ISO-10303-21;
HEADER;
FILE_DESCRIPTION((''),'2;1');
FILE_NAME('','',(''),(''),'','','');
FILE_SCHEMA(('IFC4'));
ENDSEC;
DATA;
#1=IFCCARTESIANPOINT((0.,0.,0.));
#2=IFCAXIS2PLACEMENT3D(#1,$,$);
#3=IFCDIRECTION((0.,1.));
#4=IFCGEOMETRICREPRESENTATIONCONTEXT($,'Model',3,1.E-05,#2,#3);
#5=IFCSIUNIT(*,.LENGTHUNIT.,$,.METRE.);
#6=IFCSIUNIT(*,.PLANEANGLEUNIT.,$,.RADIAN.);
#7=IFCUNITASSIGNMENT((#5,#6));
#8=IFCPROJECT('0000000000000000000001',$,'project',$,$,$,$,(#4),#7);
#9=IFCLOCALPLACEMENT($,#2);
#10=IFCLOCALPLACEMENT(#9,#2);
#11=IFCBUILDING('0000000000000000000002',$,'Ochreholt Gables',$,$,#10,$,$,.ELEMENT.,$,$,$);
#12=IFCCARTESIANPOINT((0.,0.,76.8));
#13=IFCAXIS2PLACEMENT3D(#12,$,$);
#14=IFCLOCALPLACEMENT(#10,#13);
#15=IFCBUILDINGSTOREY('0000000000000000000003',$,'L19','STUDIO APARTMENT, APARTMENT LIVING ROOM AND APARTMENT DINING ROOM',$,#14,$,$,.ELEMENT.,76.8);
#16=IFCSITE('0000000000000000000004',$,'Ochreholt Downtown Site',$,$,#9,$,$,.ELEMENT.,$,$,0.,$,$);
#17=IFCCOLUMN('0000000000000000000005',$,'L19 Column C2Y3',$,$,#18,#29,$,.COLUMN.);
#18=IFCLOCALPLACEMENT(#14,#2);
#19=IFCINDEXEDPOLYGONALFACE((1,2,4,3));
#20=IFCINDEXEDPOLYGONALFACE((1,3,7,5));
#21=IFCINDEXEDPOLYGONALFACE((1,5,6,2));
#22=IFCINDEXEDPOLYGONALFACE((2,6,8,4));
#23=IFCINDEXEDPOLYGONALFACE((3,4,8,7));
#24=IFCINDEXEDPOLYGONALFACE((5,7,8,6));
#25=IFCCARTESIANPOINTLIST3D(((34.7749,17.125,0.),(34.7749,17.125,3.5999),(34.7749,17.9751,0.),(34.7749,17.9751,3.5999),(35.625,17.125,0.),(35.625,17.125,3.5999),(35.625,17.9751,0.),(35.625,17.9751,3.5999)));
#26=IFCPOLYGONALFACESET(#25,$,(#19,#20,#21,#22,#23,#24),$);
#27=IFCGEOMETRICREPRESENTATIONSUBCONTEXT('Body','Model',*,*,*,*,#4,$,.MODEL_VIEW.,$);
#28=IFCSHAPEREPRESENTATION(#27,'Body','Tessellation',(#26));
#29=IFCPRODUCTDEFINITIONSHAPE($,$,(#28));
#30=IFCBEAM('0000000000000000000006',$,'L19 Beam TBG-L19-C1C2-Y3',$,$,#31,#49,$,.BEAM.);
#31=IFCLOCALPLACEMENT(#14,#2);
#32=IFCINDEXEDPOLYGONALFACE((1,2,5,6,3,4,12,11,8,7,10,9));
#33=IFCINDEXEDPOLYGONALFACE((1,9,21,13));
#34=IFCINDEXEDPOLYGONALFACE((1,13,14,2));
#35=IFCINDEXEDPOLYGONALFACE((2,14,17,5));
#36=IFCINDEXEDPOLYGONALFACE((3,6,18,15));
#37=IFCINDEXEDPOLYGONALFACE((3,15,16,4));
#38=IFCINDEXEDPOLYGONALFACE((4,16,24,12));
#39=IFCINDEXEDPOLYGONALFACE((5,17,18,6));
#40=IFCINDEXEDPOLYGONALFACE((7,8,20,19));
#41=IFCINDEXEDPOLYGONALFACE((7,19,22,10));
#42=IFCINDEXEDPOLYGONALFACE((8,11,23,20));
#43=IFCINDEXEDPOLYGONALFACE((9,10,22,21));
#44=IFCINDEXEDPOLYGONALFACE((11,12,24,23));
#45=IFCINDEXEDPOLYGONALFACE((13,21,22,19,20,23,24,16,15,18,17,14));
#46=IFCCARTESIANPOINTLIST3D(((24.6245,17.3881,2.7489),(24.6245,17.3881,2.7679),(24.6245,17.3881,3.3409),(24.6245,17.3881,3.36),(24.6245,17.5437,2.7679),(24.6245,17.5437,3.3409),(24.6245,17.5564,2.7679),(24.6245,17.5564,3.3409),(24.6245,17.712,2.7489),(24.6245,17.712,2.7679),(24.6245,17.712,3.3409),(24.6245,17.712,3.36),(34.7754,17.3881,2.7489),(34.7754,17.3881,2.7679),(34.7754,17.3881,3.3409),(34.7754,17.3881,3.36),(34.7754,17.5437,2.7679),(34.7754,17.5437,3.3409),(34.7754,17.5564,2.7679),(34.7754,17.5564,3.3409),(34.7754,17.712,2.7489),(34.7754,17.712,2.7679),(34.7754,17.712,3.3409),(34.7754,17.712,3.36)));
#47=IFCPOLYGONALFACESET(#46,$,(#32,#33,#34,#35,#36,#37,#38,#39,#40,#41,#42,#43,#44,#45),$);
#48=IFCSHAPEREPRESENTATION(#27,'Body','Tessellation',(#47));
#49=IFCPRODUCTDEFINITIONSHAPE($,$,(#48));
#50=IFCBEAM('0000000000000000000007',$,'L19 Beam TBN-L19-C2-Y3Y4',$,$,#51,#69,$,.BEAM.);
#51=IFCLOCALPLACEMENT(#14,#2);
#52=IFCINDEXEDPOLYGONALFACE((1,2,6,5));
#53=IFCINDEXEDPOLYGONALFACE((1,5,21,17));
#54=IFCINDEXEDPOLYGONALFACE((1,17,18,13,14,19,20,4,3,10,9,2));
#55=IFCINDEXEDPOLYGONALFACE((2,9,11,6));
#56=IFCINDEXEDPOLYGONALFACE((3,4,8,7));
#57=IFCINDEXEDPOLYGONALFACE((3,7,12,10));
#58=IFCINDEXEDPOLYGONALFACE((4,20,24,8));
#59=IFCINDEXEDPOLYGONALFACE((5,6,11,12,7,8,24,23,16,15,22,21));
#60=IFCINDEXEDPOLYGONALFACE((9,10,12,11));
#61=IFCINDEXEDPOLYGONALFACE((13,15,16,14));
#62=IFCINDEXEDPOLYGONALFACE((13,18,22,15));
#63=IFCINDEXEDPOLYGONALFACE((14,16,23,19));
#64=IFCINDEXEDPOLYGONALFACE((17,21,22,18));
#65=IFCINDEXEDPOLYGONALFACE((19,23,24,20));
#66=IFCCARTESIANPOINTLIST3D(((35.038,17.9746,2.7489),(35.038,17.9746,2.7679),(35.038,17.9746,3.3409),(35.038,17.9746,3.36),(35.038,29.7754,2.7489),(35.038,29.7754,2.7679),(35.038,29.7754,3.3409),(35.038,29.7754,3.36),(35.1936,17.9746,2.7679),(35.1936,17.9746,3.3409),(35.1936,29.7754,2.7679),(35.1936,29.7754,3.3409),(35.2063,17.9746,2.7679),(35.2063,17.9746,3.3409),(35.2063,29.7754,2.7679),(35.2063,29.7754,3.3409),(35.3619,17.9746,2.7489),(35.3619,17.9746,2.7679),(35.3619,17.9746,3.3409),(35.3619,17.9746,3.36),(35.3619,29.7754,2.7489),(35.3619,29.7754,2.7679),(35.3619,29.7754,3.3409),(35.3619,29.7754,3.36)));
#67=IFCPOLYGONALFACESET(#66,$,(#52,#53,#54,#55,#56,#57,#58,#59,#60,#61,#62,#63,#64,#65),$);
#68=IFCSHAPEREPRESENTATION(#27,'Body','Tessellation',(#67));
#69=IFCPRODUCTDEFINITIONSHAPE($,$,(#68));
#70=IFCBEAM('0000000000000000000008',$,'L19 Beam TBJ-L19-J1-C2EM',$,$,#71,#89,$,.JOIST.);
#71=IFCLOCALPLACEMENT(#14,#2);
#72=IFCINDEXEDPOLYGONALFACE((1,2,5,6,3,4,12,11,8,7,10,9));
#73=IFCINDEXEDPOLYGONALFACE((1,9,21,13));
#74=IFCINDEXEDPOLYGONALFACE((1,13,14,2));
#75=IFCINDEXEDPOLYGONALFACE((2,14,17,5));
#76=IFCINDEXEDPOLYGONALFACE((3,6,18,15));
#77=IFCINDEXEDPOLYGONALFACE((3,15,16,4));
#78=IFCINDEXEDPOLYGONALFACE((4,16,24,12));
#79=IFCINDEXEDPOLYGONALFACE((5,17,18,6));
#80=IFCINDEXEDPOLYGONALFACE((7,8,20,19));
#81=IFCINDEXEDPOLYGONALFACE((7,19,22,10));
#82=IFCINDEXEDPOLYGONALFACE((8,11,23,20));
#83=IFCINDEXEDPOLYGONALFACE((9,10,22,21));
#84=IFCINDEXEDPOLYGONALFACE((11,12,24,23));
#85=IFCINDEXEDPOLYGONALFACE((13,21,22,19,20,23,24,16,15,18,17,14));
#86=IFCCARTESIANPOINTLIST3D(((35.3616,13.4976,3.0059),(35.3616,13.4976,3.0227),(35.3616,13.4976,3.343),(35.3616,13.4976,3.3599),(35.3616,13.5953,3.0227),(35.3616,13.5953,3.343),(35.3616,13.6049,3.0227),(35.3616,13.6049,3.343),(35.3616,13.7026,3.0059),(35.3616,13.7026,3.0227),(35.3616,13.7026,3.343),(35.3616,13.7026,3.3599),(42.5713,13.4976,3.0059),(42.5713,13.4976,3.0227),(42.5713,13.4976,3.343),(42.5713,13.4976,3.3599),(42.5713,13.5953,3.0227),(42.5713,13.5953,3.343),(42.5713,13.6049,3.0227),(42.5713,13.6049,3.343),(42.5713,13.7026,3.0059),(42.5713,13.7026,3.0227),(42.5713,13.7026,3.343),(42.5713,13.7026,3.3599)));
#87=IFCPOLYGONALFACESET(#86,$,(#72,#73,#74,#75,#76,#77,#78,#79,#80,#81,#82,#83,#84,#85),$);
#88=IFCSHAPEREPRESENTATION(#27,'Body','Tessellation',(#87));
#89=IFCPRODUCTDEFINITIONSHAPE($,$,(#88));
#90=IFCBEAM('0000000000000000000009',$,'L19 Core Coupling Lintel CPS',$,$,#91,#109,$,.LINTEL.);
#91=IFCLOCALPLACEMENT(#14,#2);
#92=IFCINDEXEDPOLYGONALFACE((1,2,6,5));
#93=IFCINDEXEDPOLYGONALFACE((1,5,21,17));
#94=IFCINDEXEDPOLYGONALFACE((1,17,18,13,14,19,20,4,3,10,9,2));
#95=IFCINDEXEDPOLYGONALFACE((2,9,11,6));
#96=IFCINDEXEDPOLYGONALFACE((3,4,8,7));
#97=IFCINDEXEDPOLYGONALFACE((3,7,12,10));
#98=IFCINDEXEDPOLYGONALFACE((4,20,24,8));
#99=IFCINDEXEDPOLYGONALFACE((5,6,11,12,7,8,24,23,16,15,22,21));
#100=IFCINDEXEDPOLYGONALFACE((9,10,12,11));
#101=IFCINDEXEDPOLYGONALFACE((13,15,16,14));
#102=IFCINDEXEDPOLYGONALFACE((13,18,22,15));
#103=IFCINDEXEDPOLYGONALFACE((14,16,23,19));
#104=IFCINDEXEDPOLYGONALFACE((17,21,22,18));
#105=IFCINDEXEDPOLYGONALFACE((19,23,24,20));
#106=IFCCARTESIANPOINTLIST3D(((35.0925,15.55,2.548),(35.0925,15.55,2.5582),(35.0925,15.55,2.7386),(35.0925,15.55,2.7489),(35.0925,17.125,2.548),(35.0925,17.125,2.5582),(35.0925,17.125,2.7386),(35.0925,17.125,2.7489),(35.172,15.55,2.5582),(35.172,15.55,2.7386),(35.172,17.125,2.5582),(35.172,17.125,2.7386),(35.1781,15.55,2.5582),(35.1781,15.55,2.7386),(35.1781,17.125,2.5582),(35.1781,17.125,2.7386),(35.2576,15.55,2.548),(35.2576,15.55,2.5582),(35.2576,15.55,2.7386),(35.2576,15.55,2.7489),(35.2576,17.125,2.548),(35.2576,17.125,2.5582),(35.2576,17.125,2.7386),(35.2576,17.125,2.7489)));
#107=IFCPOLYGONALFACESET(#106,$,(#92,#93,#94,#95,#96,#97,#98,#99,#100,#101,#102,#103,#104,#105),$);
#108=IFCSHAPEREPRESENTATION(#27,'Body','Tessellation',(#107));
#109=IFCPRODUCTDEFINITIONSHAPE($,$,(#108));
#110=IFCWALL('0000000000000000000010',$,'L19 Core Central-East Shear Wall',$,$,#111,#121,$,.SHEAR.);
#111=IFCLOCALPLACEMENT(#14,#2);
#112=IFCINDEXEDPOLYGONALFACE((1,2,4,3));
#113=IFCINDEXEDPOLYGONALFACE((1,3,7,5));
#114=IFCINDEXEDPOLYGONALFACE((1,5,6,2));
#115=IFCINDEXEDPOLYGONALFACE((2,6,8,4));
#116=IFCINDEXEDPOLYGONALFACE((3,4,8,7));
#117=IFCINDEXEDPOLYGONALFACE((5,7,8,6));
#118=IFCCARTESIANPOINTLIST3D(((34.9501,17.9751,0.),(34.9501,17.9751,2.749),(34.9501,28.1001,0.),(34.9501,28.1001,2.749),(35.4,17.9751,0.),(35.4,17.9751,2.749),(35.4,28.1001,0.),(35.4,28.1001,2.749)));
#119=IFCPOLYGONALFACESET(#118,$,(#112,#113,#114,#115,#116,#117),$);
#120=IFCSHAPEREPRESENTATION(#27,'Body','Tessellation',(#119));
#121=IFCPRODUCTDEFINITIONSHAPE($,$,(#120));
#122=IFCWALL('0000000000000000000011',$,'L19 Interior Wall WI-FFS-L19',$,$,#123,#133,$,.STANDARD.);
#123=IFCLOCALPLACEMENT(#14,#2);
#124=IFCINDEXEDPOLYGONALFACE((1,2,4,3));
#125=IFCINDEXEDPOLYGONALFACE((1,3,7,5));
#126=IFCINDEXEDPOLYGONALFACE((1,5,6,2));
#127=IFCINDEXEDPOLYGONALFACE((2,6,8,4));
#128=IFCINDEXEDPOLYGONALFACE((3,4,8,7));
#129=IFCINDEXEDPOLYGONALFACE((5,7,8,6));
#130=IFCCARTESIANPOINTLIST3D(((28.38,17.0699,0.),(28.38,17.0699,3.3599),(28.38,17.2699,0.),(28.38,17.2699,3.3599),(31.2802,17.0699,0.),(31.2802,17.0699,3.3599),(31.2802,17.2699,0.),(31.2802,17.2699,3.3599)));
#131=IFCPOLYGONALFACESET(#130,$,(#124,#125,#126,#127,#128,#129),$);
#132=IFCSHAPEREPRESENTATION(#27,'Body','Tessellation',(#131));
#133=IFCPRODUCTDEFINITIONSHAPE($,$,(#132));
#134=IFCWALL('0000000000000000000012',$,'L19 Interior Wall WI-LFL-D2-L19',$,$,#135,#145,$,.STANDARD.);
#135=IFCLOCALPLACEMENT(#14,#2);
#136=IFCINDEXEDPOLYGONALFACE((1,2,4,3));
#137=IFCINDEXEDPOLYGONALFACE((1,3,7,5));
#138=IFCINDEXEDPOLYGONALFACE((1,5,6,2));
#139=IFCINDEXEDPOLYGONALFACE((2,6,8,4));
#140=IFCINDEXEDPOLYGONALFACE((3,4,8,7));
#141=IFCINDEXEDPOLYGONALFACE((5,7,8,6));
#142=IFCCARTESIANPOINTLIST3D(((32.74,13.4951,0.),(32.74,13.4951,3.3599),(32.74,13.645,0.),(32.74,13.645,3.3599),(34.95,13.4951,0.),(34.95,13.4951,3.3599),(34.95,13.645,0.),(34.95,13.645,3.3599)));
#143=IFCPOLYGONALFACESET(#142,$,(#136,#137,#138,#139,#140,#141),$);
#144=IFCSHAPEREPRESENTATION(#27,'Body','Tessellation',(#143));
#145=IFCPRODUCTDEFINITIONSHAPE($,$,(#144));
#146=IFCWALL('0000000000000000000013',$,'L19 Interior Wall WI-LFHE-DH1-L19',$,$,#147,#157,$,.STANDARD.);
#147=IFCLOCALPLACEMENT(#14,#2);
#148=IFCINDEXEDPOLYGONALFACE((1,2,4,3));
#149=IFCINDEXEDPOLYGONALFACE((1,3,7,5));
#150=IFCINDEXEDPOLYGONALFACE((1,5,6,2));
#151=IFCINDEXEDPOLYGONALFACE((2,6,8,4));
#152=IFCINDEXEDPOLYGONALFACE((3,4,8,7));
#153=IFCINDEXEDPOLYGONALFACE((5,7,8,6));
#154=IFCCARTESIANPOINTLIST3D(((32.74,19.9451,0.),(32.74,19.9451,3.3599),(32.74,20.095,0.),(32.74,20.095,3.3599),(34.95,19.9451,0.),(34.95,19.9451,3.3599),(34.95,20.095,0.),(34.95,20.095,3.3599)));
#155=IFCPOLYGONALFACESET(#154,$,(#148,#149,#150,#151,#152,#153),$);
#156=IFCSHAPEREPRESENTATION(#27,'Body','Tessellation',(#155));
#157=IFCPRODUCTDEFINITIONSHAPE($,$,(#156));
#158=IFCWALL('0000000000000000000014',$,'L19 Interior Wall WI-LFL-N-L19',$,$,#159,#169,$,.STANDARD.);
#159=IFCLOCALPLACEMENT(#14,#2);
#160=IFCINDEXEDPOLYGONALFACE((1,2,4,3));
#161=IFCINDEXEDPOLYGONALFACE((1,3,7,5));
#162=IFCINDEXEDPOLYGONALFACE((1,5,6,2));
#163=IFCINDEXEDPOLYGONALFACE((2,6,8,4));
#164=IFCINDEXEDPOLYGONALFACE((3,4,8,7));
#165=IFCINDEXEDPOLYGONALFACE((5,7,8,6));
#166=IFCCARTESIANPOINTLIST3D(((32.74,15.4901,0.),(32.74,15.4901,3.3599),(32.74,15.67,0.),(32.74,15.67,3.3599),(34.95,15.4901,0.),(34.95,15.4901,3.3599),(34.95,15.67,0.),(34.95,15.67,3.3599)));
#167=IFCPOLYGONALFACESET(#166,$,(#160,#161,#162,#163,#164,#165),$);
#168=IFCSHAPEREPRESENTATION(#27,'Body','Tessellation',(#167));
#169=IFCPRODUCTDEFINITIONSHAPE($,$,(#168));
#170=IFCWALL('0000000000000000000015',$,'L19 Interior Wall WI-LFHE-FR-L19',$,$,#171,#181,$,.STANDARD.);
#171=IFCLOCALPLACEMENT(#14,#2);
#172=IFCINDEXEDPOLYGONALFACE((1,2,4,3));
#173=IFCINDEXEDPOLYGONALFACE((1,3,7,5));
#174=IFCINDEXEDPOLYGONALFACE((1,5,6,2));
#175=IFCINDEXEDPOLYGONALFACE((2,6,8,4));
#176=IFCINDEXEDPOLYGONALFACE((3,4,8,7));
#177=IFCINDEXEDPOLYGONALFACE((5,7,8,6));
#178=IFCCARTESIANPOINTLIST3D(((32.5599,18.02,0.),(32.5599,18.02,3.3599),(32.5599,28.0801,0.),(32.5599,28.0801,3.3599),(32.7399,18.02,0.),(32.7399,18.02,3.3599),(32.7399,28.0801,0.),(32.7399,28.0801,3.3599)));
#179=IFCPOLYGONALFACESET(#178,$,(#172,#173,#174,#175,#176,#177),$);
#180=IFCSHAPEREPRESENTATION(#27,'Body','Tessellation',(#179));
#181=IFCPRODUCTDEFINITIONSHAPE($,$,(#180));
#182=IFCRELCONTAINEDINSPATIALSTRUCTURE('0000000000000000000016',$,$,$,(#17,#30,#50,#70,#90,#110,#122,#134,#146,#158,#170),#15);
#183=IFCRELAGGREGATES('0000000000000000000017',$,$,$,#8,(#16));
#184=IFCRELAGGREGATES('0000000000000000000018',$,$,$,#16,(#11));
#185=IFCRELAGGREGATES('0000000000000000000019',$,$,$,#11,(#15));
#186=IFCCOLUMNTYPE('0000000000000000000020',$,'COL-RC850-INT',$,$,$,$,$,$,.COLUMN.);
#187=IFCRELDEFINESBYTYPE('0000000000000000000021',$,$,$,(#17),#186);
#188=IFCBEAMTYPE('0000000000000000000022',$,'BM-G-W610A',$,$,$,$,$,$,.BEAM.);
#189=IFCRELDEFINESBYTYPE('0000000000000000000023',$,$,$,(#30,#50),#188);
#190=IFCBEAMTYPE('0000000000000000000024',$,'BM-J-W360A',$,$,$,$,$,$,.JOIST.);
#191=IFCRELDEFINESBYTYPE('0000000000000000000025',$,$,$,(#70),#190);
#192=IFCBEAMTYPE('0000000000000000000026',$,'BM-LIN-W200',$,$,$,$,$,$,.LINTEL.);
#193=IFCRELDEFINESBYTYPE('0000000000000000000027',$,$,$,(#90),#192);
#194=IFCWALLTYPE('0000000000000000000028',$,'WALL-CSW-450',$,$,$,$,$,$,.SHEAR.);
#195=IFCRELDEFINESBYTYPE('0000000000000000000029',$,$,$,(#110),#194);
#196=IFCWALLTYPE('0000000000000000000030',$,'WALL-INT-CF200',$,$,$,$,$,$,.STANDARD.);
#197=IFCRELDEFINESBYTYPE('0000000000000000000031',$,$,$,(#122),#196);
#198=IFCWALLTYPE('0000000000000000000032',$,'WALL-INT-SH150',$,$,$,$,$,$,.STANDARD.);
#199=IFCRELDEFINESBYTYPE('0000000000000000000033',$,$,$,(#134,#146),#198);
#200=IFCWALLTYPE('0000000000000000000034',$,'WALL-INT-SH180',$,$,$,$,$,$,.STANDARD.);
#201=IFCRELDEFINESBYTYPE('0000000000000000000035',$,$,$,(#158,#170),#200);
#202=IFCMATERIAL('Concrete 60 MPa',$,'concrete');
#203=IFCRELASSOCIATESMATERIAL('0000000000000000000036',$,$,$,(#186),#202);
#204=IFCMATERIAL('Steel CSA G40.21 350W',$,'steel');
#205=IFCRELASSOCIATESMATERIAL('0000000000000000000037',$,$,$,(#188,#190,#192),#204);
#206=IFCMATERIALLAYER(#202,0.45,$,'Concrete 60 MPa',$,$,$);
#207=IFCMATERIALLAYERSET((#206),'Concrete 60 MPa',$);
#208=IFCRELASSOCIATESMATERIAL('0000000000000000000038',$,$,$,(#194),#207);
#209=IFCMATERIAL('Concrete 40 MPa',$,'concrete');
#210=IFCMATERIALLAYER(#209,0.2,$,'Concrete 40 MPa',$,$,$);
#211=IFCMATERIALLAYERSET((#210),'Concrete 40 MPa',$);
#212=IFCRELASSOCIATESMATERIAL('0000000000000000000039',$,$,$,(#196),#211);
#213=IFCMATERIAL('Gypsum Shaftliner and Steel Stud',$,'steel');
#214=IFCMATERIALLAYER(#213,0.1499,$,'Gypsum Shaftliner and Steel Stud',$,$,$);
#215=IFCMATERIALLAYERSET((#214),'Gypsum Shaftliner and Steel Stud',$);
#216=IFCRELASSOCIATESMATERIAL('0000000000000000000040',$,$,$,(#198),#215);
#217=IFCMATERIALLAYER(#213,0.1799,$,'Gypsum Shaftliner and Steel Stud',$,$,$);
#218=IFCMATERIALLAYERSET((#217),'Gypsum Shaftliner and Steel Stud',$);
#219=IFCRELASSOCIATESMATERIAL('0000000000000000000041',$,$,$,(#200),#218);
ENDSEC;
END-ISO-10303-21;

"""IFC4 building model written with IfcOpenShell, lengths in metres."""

from ifc_helpers import new_model, si_unit, direction, frame, frame_2d, origin, origin_2d, place, context, subcontext, project, spatial, rectangle, i_section, extrude, material, layer, layer_set, material_profile, profile_set, type_object, element, save


model = new_model("IFC4")

# Units and contexts
model_context = context("Model", 3, precision=1e-05, world=origin(), true_north=direction((0.0, 1.0)))
body_context = subcontext(model_context, "Body", "Model", "MODEL_VIEW")
ifc_project = project(units=[si_unit("LENGTHUNIT", "METRE"), si_unit("PLANEANGLEUNIT", "RADIAN")], contexts=[model_context])

# Site, building, storey
site_placement = place(None, origin())
site = spatial("IfcSite", under=ifc_project, at=site_placement, Name="Ochreholt Downtown Site", CompositionType="ELEMENT", RefElevation=0.0)
building_placement = place(site_placement, origin())
building = spatial("IfcBuilding", under=site, at=building_placement, Name="Ochreholt Gables", CompositionType="ELEMENT")
storey_placement = place(building_placement, frame((0.0, 0.0, 76.8)))
storey = spatial("IfcBuildingStorey", under=building, at=storey_placement, Name="L19", Description="STUDIO APARTMENT, APARTMENT LIVING ROOM AND APARTMENT DINING ROOM", CompositionType="ELEMENT", Elevation=76.8)

# Column
ifc_material_1 = material(Name="Concrete 60 MPa", Category="concrete")
ifc_material_profile_1 = material_profile(ifc_material_1, rectangle(XDim=0.8501, YDim=0.8501, at=origin_2d()), Name="RC850X850")
ifc_profile_set_1 = profile_set([ifc_material_profile_1], Name="Concrete 60 MPa")
column_type = type_object("IfcColumnType", Name="COL-RC850-INT", PredefinedType="COLUMN", material=ifc_profile_set_1)
column_placement = place(storey_placement, frame((35.2, 17.55, 0.0), z_axis=(0.0, 0.0, 1.0), x_axis=(1.0, 0.0, 0.0)))
element("IfcColumn", 1, at=column_placement, inside=storey, type_object=column_type, Name="L19 Column C2Y3", PredefinedType="COLUMN", context=body_context, shape_type="SweptSolid", body=[
    extrude(rectangle(XDim=0.8501, YDim=0.8501, at=origin_2d()), origin(), (0.0, 0.0, 1.0), 3.5999),
])

# Beams
ifc_material_2 = material(Name="Steel CSA G40.21 350W", Category="steel")
ifc_material_profile_2 = material_profile(ifc_material_2, i_section(OverallWidth=0.324, OverallDepth=0.6111, WebThickness=0.0127, FlangeThickness=0.019, at=origin_2d()), Name="W610X155")
ifc_profile_set_2 = profile_set([ifc_material_profile_2], Name="Steel CSA G40.21 350W")
beam_type_1 = type_object("IfcBeamType", Name="BM-G-W610A", PredefinedType="BEAM", material=ifc_profile_set_2)
beam_1_placement = place(storey_placement, frame((24.6245, 17.55, 3.0544), z_axis=(1.0, 0.0, 0.0), x_axis=(0.0, 1.0, 0.0)))
element("IfcBeam", 2, at=beam_1_placement, inside=storey, type_object=beam_type_1, Name="L19 Beam TBG-L19-C1C2-Y3", PredefinedType="BEAM", context=body_context, shape_type="SweptSolid", body=[
    extrude(i_section(OverallWidth=0.324, OverallDepth=0.6111, WebThickness=0.0127, FlangeThickness=0.019, at=origin_2d()), origin(), (0.0, 0.0, 1.0), 10.1509),
])
beam_2_placement = place(storey_placement, frame((35.2, 17.9746, 3.0544), z_axis=(0.0, 1.0, 0.0), x_axis=(-1.0, 0.0, 0.0)))
element("IfcBeam", 3, at=beam_2_placement, inside=storey, type_object=beam_type_1, Name="L19 Beam TBN-L19-C2-Y3Y4", PredefinedType="BEAM", context=body_context, shape_type="SweptSolid", body=[
    extrude(i_section(OverallWidth=0.324, OverallDepth=0.6111, WebThickness=0.0127, FlangeThickness=0.019, at=origin_2d()), origin(), (0.0, 0.0, 1.0), 11.8008),
])
ifc_material_profile_3 = material_profile(ifc_material_2, i_section(OverallWidth=0.2051, OverallDepth=0.354, WebThickness=0.0095, FlangeThickness=0.0168, at=origin_2d()), Name="W360X79")
ifc_profile_set_3 = profile_set([ifc_material_profile_3], Name="Steel CSA G40.21 350W")
beam_type_2 = type_object("IfcBeamType", Name="BM-J-W360A", PredefinedType="JOIST", material=ifc_profile_set_3)
beam_3_placement = place(storey_placement, frame((35.3616, 13.6001, 3.1829), z_axis=(1.0, 0.0, 0.0), x_axis=(0.0, 1.0, 0.0)))
element("IfcBeam", 4, at=beam_3_placement, inside=storey, type_object=beam_type_2, Name="L19 Beam TBJ-L19-J1-C2EM", PredefinedType="JOIST", context=body_context, shape_type="SweptSolid", body=[
    extrude(i_section(OverallWidth=0.2051, OverallDepth=0.354, WebThickness=0.0095, FlangeThickness=0.0168, at=origin_2d()), origin(), (0.0, 0.0, 1.0), 7.2097),
])
ifc_material_profile_4 = material_profile(ifc_material_2, i_section(OverallWidth=0.165, OverallDepth=0.2009, WebThickness=0.0061, FlangeThickness=0.0103, at=origin_2d()), Name="W200X36")
ifc_profile_set_4 = profile_set([ifc_material_profile_4], Name="Steel CSA G40.21 350W")
beam_type_3 = type_object("IfcBeamType", Name="BM-LIN-W200", PredefinedType="LINTEL", material=ifc_profile_set_4)
beam_4_placement = place(storey_placement, frame((35.175, 15.55, 2.6484), z_axis=(0.0, 1.0, 0.0), x_axis=(-1.0, 0.0, 0.0)))
element("IfcBeam", 5, at=beam_4_placement, inside=storey, type_object=beam_type_3, Name="L19 Core Coupling Lintel CPS", PredefinedType="LINTEL", context=body_context, shape_type="SweptSolid", body=[
    extrude(i_section(OverallWidth=0.165, OverallDepth=0.2009, WebThickness=0.0061, FlangeThickness=0.0103, at=origin_2d()), origin(), (0.0, 0.0, 1.0), 1.575),
])

# Walls
ifc_layer_1 = layer(ifc_material_1, 0.45, Name="Concrete 60 MPa")
ifc_layer_set_1 = layer_set([ifc_layer_1], Name="Concrete 60 MPa")
wall_type_1 = type_object("IfcWallType", Name="WALL-CSW-450", PredefinedType="SHEAR", material=ifc_layer_set_1)
wall_1_placement = place(storey_placement, frame((35.175, 17.9751, 0.0), z_axis=(0.0, 0.0, 1.0), x_axis=(0.0, 1.0, 0.0)))
element("IfcWall", 6, at=wall_1_placement, inside=storey, type_object=wall_type_1, Name="L19 Core Central-East Shear Wall", PredefinedType="SHEAR", context=body_context, shape_type="SweptSolid", body=[
    extrude(rectangle(XDim=10.125, YDim=0.45, at=frame_2d((5.0625, 0.0))), origin(), (0.0, 0.0, 1.0), 2.749),
])
ifc_material_3 = material(Name="Concrete 40 MPa", Category="concrete")
ifc_layer_2 = layer(ifc_material_3, 0.2, Name="Concrete 40 MPa")
ifc_layer_set_2 = layer_set([ifc_layer_2], Name="Concrete 40 MPa")
wall_type_2 = type_object("IfcWallType", Name="WALL-INT-CF200", PredefinedType="STANDARD", material=ifc_layer_set_2)
wall_2_placement = place(storey_placement, frame((28.3799, 17.1699, 0.0), z_axis=(0.0, 0.0, 1.0), x_axis=(1.0, 0.0, 0.0)))
element("IfcWall", 7, at=wall_2_placement, inside=storey, type_object=wall_type_2, Name="L19 Interior Wall WI-FFS-L19", PredefinedType="STANDARD", context=body_context, shape_type="SweptSolid", body=[
    extrude(rectangle(XDim=2.9001, YDim=0.2, at=frame_2d((1.4502, 0.0))), origin(), (0.0, 0.0, 1.0), 3.3599),
])

# Walls
ifc_material_4 = material(Name="Gypsum Shaftliner and Steel Stud", Category="steel")
ifc_layer_3 = layer(ifc_material_4, 0.1499, Name="Gypsum Shaftliner and Steel Stud")
ifc_layer_set_3 = layer_set([ifc_layer_3], Name="Gypsum Shaftliner and Steel Stud")
wall_type_3 = type_object("IfcWallType", Name="WALL-INT-SH150", PredefinedType="STANDARD", material=ifc_layer_set_3)
for number, where, z_axis, x_axis, name in (
    (8, (32.74, 13.5701, 0.0), (0.0, 0.0, 1.0), (1.0, 0.0, 0.0), "L19 Interior Wall WI-LFL-D2-L19"),
    (9, (32.74, 20.02, 0.0), (0.0, 0.0, 1.0), (1.0, 0.0, 0.0), "L19 Interior Wall WI-LFHE-DH1-L19"),
):
    element("IfcWall", number, at=place(storey_placement, frame(where, z_axis=z_axis, x_axis=x_axis)), inside=storey, type_object=wall_type_3, Name=name, PredefinedType="STANDARD", context=body_context, shape_type="SweptSolid", body=[
        extrude(rectangle(XDim=2.21, YDim=0.1499, at=frame_2d((1.105, 0.0))), origin(), (0.0, 0.0, 1.0), 3.3599),
    ])
ifc_layer_4 = layer(ifc_material_4, 0.1799, Name="Gypsum Shaftliner and Steel Stud")
ifc_layer_set_4 = layer_set([ifc_layer_4], Name="Gypsum Shaftliner and Steel Stud")
wall_type_4 = type_object("IfcWallType", Name="WALL-INT-SH180", PredefinedType="STANDARD", material=ifc_layer_set_4)
wall_3_placement = place(storey_placement, frame((32.74, 15.5801, 0.0), z_axis=(0.0, 0.0, 1.0), x_axis=(1.0, 0.0, 0.0)))
element("IfcWall", 10, at=wall_3_placement, inside=storey, type_object=wall_type_4, Name="L19 Interior Wall WI-LFL-N-L19", PredefinedType="STANDARD", context=body_context, shape_type="SweptSolid", body=[
    extrude(rectangle(XDim=2.21, YDim=0.1799, at=frame_2d((1.105, 0.0))), origin(), (0.0, 0.0, 1.0), 3.3599),
])
wall_4_placement = place(storey_placement, frame((32.6499, 18.02, 0.0), z_axis=(0.0, 0.0, 1.0), x_axis=(0.0, 1.0, 0.0)))
element("IfcWall", 11, at=wall_4_placement, inside=storey, type_object=wall_type_4, Name="L19 Interior Wall WI-LFHE-FR-L19", PredefinedType="STANDARD", context=body_context, shape_type="SweptSolid", body=[
    extrude(rectangle(XDim=10.0601, YDim=0.1799, at=frame_2d((5.03, 0.0))), origin(), (0.0, 0.0, 1.0), 3.3599),
])

save(model, "model.ifc")
